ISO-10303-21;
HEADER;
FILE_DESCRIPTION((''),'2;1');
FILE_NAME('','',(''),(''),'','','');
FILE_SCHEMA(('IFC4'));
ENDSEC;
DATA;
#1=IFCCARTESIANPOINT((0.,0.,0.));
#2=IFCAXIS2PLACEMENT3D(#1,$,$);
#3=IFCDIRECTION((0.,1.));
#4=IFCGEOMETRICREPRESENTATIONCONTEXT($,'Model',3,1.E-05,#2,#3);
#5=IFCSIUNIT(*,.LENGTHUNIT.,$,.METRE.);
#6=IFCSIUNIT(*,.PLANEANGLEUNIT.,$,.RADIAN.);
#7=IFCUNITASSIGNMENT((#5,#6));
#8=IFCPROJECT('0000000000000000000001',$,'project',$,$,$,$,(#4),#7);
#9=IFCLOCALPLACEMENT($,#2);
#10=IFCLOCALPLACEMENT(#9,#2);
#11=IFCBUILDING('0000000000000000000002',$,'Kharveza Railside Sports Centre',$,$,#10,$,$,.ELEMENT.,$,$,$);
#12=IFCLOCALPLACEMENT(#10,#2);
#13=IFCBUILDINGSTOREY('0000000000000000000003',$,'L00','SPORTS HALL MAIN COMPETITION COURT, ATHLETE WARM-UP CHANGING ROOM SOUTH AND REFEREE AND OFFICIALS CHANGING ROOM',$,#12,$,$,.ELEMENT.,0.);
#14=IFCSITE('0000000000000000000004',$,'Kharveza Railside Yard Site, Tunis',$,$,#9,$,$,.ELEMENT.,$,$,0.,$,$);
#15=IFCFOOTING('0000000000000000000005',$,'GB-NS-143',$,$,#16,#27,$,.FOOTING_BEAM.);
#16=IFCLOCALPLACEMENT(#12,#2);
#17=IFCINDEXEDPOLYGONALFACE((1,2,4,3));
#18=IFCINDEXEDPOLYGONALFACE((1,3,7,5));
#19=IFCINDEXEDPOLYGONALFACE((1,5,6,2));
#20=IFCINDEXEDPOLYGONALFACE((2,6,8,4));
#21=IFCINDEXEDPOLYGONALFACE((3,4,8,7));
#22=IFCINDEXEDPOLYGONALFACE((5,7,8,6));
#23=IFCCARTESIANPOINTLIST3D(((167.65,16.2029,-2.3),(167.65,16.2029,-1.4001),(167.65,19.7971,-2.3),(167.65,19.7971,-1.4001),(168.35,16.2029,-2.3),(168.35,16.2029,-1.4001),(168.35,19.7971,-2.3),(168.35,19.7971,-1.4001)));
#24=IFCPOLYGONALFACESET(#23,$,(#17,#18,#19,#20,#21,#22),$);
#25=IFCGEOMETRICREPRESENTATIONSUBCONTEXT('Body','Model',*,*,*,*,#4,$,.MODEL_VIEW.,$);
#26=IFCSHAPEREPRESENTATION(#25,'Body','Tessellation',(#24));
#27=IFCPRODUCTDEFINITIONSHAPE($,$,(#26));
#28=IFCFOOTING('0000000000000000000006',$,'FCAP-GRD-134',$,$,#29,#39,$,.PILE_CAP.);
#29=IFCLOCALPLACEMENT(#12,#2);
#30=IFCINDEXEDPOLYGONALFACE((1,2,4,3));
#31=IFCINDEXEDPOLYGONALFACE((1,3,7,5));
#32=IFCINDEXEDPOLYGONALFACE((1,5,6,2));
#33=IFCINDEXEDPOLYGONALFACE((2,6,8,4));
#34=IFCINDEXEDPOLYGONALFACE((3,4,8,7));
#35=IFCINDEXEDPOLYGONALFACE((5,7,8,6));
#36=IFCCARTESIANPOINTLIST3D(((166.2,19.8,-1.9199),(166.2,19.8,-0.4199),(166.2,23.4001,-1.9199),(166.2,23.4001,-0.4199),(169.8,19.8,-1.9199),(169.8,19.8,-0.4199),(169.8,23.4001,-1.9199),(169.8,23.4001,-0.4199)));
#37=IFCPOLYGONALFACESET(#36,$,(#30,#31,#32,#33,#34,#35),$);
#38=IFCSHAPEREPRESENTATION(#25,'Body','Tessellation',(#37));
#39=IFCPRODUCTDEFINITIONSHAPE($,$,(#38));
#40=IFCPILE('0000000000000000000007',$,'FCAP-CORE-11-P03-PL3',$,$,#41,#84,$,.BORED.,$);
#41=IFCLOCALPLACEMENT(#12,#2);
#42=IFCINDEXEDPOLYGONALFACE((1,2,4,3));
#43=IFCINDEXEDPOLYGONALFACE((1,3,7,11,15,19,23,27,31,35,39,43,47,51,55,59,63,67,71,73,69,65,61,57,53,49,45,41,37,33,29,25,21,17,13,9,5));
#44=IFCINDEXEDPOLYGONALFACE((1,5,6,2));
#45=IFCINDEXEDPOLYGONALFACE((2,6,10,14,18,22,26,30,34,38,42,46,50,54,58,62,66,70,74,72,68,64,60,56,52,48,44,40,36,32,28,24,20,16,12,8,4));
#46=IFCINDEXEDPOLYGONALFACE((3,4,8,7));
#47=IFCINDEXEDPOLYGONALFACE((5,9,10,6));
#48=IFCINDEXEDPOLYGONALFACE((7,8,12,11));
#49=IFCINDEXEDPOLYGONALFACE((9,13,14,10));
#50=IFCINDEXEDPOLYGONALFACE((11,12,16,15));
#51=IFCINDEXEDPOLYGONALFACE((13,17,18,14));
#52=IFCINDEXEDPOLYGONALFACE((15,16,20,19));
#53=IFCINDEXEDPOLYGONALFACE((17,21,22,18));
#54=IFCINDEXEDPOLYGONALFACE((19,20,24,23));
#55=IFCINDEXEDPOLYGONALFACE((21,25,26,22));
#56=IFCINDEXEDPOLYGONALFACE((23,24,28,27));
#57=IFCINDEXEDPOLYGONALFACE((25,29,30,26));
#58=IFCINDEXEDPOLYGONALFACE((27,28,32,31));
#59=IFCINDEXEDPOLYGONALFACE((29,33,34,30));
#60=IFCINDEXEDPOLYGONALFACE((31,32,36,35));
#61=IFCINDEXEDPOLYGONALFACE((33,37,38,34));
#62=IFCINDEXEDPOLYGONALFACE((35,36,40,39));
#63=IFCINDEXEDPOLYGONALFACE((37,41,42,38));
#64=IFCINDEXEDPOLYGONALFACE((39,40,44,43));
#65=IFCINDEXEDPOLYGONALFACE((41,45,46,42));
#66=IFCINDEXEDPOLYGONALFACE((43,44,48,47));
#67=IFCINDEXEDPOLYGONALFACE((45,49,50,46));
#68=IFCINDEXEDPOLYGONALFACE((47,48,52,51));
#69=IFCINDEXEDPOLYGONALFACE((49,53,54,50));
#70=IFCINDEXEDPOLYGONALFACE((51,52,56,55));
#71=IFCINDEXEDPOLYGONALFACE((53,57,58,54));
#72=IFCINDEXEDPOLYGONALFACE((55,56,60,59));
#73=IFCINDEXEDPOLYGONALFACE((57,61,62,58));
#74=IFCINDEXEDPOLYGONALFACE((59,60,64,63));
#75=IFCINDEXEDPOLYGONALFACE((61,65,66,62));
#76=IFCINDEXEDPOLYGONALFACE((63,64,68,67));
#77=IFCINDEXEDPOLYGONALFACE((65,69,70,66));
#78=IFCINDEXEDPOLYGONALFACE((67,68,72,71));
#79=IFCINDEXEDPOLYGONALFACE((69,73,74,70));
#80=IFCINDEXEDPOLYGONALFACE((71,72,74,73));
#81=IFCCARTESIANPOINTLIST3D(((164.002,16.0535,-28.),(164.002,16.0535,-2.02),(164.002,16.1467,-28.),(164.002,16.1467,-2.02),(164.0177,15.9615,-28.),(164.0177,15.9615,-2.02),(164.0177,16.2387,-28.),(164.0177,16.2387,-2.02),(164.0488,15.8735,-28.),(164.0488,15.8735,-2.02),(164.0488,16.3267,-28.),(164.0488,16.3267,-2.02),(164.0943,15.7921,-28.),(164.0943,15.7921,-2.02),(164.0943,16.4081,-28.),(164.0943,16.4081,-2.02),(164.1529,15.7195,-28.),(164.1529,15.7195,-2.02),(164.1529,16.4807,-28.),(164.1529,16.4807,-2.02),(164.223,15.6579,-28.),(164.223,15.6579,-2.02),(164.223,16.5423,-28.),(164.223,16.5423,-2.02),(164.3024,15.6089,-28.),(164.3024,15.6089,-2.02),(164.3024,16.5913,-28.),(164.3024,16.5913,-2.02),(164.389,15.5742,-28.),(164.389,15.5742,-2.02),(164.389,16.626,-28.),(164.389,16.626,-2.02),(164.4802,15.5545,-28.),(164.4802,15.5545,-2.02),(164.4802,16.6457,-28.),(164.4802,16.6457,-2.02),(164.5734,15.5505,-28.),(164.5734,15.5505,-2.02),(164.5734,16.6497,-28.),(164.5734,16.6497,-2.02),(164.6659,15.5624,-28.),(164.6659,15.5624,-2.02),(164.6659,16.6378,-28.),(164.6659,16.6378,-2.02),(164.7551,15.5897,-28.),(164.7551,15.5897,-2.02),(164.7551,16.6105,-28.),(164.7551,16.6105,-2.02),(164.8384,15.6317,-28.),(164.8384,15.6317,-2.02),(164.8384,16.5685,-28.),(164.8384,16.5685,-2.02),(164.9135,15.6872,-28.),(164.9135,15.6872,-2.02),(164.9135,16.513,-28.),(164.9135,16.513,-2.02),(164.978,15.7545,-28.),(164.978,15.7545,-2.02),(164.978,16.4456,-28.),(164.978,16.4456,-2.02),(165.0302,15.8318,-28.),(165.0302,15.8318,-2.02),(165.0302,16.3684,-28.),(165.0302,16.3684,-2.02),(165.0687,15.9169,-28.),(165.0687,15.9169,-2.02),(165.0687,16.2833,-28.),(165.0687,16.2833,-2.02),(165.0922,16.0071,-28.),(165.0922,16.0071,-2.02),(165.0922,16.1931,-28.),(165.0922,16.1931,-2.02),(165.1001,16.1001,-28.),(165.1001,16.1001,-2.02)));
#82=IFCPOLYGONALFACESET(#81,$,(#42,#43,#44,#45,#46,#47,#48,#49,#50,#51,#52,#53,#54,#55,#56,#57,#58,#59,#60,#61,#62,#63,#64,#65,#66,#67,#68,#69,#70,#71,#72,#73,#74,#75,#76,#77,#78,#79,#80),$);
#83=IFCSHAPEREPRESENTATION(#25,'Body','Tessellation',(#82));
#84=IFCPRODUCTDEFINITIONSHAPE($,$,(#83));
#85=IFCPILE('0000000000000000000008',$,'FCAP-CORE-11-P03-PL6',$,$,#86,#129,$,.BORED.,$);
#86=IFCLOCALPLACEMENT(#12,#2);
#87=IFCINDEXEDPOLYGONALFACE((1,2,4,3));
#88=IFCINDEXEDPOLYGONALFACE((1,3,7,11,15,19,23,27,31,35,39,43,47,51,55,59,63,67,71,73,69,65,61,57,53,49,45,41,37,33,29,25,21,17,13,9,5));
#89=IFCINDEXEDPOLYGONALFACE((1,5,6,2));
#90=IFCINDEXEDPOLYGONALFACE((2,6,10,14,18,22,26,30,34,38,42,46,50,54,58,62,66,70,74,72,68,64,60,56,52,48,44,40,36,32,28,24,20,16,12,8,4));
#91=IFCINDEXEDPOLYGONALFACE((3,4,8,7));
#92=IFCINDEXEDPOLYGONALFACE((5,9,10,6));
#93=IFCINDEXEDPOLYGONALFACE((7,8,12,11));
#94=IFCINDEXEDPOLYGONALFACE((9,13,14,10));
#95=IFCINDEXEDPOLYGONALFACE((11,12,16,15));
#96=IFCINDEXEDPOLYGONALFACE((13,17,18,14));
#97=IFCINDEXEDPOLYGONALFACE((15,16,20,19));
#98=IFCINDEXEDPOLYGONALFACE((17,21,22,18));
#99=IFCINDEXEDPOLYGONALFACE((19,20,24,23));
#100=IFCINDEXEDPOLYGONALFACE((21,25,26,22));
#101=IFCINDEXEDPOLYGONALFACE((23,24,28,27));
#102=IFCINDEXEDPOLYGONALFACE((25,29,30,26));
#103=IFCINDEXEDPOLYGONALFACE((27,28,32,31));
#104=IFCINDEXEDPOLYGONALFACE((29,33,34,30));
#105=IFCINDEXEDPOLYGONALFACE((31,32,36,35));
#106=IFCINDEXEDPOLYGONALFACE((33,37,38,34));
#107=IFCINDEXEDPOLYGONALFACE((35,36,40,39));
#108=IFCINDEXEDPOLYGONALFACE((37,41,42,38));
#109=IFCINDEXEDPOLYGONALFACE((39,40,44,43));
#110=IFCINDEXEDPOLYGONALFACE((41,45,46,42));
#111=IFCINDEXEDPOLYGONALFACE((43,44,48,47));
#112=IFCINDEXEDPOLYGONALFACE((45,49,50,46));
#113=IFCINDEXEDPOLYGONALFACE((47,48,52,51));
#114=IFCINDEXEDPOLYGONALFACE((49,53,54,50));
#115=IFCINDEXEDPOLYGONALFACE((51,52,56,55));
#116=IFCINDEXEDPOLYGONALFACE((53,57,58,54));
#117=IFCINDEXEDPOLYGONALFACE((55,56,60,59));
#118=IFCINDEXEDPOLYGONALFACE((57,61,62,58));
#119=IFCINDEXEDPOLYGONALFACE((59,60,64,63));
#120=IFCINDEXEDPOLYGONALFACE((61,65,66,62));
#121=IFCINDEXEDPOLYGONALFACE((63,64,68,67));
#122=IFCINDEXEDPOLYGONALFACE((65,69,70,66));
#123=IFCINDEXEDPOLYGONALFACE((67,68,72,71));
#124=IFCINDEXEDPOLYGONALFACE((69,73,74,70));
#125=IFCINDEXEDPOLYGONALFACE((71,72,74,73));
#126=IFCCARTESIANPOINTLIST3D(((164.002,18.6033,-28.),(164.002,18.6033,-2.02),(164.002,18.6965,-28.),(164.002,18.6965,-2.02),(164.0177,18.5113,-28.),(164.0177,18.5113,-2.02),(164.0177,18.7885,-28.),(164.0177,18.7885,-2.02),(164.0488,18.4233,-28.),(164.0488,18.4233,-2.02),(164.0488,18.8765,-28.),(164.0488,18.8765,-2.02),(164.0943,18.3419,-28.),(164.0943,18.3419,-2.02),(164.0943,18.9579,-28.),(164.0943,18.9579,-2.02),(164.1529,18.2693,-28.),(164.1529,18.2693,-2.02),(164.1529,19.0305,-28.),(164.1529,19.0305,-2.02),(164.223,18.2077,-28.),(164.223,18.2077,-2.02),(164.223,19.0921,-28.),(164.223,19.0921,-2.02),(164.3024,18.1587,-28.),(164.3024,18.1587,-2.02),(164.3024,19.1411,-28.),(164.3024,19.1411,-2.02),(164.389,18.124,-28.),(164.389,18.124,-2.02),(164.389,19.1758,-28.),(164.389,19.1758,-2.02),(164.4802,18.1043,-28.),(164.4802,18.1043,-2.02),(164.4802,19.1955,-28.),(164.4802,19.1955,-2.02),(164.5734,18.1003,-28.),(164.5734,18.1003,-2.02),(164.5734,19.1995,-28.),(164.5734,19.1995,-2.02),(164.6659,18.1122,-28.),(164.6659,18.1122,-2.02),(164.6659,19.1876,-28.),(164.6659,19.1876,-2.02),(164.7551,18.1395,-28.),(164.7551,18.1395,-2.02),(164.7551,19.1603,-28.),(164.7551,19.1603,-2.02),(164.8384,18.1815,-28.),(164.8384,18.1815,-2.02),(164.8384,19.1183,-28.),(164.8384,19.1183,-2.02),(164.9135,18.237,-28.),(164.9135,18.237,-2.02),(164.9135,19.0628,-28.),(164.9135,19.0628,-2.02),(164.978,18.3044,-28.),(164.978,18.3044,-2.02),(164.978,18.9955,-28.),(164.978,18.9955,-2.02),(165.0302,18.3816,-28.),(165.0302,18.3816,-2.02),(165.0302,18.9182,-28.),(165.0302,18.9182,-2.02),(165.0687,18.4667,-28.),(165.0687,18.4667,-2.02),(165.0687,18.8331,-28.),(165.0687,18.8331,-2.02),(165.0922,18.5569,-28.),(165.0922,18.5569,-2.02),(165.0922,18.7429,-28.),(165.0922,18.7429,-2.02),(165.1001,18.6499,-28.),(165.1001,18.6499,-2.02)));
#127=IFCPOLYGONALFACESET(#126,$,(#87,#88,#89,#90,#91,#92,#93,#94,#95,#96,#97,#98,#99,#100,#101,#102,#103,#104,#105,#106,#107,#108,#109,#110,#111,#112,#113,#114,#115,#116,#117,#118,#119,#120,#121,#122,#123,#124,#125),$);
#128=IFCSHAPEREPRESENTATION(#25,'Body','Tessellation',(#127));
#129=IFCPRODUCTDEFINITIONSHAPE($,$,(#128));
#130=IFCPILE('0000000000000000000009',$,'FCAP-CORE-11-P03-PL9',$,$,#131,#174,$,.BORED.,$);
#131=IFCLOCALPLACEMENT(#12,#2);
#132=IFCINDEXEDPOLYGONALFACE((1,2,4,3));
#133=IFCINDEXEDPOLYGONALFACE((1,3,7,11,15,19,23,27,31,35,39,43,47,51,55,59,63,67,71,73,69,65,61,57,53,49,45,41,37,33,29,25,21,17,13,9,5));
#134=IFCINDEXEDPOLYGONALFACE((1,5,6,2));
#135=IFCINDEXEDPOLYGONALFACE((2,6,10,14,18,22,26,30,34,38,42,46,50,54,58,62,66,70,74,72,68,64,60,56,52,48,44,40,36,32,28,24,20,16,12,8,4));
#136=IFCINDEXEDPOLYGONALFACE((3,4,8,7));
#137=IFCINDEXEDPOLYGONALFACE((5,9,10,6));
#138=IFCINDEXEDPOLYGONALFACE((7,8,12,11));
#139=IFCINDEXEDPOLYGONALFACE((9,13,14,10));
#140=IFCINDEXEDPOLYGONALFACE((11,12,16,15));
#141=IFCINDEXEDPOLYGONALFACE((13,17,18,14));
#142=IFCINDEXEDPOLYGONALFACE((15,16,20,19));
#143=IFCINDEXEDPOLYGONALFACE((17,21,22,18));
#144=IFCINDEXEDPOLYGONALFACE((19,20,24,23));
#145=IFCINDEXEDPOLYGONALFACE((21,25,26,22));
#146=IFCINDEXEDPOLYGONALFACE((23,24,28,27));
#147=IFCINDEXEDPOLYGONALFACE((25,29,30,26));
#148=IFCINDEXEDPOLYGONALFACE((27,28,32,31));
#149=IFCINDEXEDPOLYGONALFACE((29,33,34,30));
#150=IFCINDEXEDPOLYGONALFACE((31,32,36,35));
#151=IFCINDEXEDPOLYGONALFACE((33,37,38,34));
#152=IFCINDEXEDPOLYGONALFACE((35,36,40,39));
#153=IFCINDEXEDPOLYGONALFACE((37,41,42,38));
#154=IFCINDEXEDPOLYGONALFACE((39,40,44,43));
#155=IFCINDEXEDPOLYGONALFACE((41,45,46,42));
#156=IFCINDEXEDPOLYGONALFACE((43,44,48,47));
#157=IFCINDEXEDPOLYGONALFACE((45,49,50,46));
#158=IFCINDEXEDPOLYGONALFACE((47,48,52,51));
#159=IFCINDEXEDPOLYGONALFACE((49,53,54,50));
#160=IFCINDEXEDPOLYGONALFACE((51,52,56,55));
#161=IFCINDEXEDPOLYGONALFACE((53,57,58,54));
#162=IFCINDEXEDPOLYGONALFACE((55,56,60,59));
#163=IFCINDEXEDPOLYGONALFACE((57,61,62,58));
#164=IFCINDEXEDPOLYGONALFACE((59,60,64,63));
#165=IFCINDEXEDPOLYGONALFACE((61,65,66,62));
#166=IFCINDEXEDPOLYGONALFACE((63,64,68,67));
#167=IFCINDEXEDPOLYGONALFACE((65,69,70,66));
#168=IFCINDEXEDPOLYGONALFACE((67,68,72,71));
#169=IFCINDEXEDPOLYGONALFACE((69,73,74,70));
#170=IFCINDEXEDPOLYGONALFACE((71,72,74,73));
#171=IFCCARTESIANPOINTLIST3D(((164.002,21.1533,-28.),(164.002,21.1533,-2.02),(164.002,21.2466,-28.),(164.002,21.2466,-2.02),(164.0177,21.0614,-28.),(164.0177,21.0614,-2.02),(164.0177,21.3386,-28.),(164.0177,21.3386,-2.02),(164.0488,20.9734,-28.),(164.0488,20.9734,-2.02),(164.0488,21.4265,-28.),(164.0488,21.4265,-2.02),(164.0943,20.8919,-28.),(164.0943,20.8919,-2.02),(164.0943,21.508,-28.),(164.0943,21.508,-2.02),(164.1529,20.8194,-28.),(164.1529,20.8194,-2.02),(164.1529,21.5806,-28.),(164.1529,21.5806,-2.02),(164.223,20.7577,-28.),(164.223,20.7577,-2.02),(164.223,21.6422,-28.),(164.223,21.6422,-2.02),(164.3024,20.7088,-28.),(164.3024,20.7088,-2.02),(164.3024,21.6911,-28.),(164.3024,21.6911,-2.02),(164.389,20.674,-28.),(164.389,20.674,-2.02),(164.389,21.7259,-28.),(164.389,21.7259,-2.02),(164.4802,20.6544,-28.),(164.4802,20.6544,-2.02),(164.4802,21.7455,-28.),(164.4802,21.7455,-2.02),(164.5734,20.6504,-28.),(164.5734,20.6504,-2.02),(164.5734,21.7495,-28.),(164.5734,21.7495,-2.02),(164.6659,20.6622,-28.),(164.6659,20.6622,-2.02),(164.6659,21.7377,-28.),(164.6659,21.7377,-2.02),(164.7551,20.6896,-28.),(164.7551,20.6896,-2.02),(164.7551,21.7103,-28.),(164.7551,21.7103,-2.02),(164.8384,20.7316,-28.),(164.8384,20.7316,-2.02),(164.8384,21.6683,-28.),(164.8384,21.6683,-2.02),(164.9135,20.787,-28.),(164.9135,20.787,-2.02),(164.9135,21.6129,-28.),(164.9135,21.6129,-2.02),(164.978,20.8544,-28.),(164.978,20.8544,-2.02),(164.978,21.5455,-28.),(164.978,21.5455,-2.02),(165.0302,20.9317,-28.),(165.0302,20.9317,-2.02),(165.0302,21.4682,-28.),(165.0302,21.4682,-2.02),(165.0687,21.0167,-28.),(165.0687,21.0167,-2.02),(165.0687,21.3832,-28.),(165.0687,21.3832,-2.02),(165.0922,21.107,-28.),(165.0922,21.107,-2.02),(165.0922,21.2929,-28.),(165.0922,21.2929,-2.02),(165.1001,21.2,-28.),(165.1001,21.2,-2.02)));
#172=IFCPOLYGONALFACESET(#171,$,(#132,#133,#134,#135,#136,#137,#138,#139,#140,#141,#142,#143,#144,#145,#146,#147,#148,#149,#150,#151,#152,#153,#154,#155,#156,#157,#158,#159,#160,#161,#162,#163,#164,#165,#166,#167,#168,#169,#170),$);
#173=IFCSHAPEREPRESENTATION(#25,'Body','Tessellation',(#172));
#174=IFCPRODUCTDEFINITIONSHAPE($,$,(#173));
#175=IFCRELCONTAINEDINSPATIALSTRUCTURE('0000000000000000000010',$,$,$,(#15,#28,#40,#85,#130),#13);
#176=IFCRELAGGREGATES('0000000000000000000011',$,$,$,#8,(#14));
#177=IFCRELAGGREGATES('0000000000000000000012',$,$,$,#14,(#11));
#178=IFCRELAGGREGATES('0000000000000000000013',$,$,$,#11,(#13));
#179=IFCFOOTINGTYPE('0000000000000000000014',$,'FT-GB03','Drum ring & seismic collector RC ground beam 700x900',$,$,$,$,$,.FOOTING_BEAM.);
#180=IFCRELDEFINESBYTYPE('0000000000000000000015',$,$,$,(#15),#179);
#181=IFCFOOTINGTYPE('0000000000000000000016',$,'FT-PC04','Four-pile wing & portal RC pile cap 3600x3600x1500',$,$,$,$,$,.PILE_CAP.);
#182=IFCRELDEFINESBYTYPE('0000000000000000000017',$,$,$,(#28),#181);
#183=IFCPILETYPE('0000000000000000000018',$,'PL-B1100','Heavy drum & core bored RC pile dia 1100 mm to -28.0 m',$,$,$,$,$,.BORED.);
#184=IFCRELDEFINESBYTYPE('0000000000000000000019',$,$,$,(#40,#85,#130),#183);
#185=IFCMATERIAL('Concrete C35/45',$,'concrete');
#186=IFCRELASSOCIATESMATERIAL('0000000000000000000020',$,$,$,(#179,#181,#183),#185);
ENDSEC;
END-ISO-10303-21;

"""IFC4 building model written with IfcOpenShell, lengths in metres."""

from ifc_helpers import new_model, si_unit, direction, frame, origin, origin_2d, place, context, subcontext, project, spatial, rectangle, circle, extrude, material, material_profile, profile_set, type_object, element, save


model = new_model("IFC4")

# Units and contexts
model_context = context("Model", 3, precision=1e-05, world=origin(), true_north=direction((0.0, 1.0)))
body_context = subcontext(model_context, "Body", "Model", "MODEL_VIEW")
ifc_project = project(units=[si_unit("LENGTHUNIT", "METRE"), si_unit("PLANEANGLEUNIT", "RADIAN")], contexts=[model_context])

# Site, building, storey
site_placement = place(None, origin())
site = spatial("IfcSite", under=ifc_project, at=site_placement, Name="Kharveza Railside Yard Site, Tunis", CompositionType="ELEMENT", RefElevation=0.0)
building_placement = place(site_placement, origin())
building = spatial("IfcBuilding", under=site, at=building_placement, Name="Kharveza Railside Sports Centre", CompositionType="ELEMENT")
storey_placement = place(building_placement, origin())
storey = spatial("IfcBuildingStorey", under=building, at=storey_placement, Name="L00", Description="SPORTS HALL MAIN COMPETITION COURT, ATHLETE WARM-UP CHANGING ROOM SOUTH AND REFEREE AND OFFICIALS CHANGING ROOM", CompositionType="ELEMENT", Elevation=0.0)

# Footings
ifc_material_1 = material(Name="Concrete C35/45", Category="concrete")
ifc_material_profile_1 = material_profile(ifc_material_1, rectangle(XDim=0.7, YDim=0.8999, at=origin_2d()), Name="GB 700x900")
ifc_profile_set_1 = profile_set([ifc_material_profile_1], Name="Concrete C35/45")
footing_type_1 = type_object("IfcFootingType", Name="FT-GB03", Description="Drum ring & seismic collector RC ground beam 700x900", PredefinedType="FOOTING_BEAM", material=ifc_profile_set_1)
footing_1_placement = place(storey_placement, frame((168.0, 16.2029, -1.8501), z_axis=(0.0, 1.0, 0.0), x_axis=(-1.0, 0.0, 0.0)))
element("IfcFooting", 1, at=footing_1_placement, inside=storey, type_object=footing_type_1, Name="GB-NS-143", PredefinedType="FOOTING_BEAM", context=body_context, shape_type="SweptSolid", body=[
    extrude(rectangle(XDim=0.7, YDim=0.8999, at=origin_2d()), origin(), (0.0, 0.0, 1.0), 3.5942),
])
footing_type_2 = type_object("IfcFootingType", Name="FT-PC04", Description="Four-pile wing & portal RC pile cap 3600x3600x1500", PredefinedType="PILE_CAP", material=ifc_material_1)
footing_2_placement = place(storey_placement, frame((168.0, 21.6001, -1.9199), z_axis=(0.0, 0.0, 1.0), x_axis=(1.0, 0.0, 0.0)))
element("IfcFooting", 2, at=footing_2_placement, inside=storey, type_object=footing_type_2, Name="FCAP-GRD-134", PredefinedType="PILE_CAP", context=body_context, shape_type="SweptSolid", body=[
    extrude(rectangle(XDim=3.6001, YDim=3.6001, at=origin_2d()), origin(), (0.0, 0.0, 1.0), 1.5),
])

# Piles
ifc_material_profile_2 = material_profile(ifc_material_1, circle(Radius=0.55, at=origin_2d()), Name="PILE D1100")
ifc_profile_set_2 = profile_set([ifc_material_profile_2], Name="Concrete C35/45")
pile_type_1 = type_object("IfcPileType", Name="PL-B1100", Description="Heavy drum & core bored RC pile dia 1100 mm to -28.0 m", PredefinedType="BORED", material=ifc_profile_set_2)
for number, where, z_axis, x_axis, name in (
    (3, (164.55, 16.1001, -2.02), (0.0, 0.0, -1.0), (1.0, 0.0, 0.0), "FCAP-CORE-11-P03-PL3"),
    (4, (164.55, 18.6499, -2.02), (0.0, 0.0, -1.0), (1.0, 0.0, 0.0), "FCAP-CORE-11-P03-PL6"),
    (5, (164.55, 21.2, -2.02), (0.0, 0.0, -1.0), (1.0, 0.0, 0.0), "FCAP-CORE-11-P03-PL9"),
):
    element("IfcPile", number, at=place(storey_placement, frame(where, z_axis=z_axis, x_axis=x_axis)), inside=storey, type_object=pile_type_1, Name=name, PredefinedType="BORED", context=body_context, shape_type="SweptSolid", body=[
        extrude(circle(Radius=0.55, at=origin_2d()), origin(), (0.0, 0.0, 1.0), 25.98),
    ])

save(model, "model.ifc")
